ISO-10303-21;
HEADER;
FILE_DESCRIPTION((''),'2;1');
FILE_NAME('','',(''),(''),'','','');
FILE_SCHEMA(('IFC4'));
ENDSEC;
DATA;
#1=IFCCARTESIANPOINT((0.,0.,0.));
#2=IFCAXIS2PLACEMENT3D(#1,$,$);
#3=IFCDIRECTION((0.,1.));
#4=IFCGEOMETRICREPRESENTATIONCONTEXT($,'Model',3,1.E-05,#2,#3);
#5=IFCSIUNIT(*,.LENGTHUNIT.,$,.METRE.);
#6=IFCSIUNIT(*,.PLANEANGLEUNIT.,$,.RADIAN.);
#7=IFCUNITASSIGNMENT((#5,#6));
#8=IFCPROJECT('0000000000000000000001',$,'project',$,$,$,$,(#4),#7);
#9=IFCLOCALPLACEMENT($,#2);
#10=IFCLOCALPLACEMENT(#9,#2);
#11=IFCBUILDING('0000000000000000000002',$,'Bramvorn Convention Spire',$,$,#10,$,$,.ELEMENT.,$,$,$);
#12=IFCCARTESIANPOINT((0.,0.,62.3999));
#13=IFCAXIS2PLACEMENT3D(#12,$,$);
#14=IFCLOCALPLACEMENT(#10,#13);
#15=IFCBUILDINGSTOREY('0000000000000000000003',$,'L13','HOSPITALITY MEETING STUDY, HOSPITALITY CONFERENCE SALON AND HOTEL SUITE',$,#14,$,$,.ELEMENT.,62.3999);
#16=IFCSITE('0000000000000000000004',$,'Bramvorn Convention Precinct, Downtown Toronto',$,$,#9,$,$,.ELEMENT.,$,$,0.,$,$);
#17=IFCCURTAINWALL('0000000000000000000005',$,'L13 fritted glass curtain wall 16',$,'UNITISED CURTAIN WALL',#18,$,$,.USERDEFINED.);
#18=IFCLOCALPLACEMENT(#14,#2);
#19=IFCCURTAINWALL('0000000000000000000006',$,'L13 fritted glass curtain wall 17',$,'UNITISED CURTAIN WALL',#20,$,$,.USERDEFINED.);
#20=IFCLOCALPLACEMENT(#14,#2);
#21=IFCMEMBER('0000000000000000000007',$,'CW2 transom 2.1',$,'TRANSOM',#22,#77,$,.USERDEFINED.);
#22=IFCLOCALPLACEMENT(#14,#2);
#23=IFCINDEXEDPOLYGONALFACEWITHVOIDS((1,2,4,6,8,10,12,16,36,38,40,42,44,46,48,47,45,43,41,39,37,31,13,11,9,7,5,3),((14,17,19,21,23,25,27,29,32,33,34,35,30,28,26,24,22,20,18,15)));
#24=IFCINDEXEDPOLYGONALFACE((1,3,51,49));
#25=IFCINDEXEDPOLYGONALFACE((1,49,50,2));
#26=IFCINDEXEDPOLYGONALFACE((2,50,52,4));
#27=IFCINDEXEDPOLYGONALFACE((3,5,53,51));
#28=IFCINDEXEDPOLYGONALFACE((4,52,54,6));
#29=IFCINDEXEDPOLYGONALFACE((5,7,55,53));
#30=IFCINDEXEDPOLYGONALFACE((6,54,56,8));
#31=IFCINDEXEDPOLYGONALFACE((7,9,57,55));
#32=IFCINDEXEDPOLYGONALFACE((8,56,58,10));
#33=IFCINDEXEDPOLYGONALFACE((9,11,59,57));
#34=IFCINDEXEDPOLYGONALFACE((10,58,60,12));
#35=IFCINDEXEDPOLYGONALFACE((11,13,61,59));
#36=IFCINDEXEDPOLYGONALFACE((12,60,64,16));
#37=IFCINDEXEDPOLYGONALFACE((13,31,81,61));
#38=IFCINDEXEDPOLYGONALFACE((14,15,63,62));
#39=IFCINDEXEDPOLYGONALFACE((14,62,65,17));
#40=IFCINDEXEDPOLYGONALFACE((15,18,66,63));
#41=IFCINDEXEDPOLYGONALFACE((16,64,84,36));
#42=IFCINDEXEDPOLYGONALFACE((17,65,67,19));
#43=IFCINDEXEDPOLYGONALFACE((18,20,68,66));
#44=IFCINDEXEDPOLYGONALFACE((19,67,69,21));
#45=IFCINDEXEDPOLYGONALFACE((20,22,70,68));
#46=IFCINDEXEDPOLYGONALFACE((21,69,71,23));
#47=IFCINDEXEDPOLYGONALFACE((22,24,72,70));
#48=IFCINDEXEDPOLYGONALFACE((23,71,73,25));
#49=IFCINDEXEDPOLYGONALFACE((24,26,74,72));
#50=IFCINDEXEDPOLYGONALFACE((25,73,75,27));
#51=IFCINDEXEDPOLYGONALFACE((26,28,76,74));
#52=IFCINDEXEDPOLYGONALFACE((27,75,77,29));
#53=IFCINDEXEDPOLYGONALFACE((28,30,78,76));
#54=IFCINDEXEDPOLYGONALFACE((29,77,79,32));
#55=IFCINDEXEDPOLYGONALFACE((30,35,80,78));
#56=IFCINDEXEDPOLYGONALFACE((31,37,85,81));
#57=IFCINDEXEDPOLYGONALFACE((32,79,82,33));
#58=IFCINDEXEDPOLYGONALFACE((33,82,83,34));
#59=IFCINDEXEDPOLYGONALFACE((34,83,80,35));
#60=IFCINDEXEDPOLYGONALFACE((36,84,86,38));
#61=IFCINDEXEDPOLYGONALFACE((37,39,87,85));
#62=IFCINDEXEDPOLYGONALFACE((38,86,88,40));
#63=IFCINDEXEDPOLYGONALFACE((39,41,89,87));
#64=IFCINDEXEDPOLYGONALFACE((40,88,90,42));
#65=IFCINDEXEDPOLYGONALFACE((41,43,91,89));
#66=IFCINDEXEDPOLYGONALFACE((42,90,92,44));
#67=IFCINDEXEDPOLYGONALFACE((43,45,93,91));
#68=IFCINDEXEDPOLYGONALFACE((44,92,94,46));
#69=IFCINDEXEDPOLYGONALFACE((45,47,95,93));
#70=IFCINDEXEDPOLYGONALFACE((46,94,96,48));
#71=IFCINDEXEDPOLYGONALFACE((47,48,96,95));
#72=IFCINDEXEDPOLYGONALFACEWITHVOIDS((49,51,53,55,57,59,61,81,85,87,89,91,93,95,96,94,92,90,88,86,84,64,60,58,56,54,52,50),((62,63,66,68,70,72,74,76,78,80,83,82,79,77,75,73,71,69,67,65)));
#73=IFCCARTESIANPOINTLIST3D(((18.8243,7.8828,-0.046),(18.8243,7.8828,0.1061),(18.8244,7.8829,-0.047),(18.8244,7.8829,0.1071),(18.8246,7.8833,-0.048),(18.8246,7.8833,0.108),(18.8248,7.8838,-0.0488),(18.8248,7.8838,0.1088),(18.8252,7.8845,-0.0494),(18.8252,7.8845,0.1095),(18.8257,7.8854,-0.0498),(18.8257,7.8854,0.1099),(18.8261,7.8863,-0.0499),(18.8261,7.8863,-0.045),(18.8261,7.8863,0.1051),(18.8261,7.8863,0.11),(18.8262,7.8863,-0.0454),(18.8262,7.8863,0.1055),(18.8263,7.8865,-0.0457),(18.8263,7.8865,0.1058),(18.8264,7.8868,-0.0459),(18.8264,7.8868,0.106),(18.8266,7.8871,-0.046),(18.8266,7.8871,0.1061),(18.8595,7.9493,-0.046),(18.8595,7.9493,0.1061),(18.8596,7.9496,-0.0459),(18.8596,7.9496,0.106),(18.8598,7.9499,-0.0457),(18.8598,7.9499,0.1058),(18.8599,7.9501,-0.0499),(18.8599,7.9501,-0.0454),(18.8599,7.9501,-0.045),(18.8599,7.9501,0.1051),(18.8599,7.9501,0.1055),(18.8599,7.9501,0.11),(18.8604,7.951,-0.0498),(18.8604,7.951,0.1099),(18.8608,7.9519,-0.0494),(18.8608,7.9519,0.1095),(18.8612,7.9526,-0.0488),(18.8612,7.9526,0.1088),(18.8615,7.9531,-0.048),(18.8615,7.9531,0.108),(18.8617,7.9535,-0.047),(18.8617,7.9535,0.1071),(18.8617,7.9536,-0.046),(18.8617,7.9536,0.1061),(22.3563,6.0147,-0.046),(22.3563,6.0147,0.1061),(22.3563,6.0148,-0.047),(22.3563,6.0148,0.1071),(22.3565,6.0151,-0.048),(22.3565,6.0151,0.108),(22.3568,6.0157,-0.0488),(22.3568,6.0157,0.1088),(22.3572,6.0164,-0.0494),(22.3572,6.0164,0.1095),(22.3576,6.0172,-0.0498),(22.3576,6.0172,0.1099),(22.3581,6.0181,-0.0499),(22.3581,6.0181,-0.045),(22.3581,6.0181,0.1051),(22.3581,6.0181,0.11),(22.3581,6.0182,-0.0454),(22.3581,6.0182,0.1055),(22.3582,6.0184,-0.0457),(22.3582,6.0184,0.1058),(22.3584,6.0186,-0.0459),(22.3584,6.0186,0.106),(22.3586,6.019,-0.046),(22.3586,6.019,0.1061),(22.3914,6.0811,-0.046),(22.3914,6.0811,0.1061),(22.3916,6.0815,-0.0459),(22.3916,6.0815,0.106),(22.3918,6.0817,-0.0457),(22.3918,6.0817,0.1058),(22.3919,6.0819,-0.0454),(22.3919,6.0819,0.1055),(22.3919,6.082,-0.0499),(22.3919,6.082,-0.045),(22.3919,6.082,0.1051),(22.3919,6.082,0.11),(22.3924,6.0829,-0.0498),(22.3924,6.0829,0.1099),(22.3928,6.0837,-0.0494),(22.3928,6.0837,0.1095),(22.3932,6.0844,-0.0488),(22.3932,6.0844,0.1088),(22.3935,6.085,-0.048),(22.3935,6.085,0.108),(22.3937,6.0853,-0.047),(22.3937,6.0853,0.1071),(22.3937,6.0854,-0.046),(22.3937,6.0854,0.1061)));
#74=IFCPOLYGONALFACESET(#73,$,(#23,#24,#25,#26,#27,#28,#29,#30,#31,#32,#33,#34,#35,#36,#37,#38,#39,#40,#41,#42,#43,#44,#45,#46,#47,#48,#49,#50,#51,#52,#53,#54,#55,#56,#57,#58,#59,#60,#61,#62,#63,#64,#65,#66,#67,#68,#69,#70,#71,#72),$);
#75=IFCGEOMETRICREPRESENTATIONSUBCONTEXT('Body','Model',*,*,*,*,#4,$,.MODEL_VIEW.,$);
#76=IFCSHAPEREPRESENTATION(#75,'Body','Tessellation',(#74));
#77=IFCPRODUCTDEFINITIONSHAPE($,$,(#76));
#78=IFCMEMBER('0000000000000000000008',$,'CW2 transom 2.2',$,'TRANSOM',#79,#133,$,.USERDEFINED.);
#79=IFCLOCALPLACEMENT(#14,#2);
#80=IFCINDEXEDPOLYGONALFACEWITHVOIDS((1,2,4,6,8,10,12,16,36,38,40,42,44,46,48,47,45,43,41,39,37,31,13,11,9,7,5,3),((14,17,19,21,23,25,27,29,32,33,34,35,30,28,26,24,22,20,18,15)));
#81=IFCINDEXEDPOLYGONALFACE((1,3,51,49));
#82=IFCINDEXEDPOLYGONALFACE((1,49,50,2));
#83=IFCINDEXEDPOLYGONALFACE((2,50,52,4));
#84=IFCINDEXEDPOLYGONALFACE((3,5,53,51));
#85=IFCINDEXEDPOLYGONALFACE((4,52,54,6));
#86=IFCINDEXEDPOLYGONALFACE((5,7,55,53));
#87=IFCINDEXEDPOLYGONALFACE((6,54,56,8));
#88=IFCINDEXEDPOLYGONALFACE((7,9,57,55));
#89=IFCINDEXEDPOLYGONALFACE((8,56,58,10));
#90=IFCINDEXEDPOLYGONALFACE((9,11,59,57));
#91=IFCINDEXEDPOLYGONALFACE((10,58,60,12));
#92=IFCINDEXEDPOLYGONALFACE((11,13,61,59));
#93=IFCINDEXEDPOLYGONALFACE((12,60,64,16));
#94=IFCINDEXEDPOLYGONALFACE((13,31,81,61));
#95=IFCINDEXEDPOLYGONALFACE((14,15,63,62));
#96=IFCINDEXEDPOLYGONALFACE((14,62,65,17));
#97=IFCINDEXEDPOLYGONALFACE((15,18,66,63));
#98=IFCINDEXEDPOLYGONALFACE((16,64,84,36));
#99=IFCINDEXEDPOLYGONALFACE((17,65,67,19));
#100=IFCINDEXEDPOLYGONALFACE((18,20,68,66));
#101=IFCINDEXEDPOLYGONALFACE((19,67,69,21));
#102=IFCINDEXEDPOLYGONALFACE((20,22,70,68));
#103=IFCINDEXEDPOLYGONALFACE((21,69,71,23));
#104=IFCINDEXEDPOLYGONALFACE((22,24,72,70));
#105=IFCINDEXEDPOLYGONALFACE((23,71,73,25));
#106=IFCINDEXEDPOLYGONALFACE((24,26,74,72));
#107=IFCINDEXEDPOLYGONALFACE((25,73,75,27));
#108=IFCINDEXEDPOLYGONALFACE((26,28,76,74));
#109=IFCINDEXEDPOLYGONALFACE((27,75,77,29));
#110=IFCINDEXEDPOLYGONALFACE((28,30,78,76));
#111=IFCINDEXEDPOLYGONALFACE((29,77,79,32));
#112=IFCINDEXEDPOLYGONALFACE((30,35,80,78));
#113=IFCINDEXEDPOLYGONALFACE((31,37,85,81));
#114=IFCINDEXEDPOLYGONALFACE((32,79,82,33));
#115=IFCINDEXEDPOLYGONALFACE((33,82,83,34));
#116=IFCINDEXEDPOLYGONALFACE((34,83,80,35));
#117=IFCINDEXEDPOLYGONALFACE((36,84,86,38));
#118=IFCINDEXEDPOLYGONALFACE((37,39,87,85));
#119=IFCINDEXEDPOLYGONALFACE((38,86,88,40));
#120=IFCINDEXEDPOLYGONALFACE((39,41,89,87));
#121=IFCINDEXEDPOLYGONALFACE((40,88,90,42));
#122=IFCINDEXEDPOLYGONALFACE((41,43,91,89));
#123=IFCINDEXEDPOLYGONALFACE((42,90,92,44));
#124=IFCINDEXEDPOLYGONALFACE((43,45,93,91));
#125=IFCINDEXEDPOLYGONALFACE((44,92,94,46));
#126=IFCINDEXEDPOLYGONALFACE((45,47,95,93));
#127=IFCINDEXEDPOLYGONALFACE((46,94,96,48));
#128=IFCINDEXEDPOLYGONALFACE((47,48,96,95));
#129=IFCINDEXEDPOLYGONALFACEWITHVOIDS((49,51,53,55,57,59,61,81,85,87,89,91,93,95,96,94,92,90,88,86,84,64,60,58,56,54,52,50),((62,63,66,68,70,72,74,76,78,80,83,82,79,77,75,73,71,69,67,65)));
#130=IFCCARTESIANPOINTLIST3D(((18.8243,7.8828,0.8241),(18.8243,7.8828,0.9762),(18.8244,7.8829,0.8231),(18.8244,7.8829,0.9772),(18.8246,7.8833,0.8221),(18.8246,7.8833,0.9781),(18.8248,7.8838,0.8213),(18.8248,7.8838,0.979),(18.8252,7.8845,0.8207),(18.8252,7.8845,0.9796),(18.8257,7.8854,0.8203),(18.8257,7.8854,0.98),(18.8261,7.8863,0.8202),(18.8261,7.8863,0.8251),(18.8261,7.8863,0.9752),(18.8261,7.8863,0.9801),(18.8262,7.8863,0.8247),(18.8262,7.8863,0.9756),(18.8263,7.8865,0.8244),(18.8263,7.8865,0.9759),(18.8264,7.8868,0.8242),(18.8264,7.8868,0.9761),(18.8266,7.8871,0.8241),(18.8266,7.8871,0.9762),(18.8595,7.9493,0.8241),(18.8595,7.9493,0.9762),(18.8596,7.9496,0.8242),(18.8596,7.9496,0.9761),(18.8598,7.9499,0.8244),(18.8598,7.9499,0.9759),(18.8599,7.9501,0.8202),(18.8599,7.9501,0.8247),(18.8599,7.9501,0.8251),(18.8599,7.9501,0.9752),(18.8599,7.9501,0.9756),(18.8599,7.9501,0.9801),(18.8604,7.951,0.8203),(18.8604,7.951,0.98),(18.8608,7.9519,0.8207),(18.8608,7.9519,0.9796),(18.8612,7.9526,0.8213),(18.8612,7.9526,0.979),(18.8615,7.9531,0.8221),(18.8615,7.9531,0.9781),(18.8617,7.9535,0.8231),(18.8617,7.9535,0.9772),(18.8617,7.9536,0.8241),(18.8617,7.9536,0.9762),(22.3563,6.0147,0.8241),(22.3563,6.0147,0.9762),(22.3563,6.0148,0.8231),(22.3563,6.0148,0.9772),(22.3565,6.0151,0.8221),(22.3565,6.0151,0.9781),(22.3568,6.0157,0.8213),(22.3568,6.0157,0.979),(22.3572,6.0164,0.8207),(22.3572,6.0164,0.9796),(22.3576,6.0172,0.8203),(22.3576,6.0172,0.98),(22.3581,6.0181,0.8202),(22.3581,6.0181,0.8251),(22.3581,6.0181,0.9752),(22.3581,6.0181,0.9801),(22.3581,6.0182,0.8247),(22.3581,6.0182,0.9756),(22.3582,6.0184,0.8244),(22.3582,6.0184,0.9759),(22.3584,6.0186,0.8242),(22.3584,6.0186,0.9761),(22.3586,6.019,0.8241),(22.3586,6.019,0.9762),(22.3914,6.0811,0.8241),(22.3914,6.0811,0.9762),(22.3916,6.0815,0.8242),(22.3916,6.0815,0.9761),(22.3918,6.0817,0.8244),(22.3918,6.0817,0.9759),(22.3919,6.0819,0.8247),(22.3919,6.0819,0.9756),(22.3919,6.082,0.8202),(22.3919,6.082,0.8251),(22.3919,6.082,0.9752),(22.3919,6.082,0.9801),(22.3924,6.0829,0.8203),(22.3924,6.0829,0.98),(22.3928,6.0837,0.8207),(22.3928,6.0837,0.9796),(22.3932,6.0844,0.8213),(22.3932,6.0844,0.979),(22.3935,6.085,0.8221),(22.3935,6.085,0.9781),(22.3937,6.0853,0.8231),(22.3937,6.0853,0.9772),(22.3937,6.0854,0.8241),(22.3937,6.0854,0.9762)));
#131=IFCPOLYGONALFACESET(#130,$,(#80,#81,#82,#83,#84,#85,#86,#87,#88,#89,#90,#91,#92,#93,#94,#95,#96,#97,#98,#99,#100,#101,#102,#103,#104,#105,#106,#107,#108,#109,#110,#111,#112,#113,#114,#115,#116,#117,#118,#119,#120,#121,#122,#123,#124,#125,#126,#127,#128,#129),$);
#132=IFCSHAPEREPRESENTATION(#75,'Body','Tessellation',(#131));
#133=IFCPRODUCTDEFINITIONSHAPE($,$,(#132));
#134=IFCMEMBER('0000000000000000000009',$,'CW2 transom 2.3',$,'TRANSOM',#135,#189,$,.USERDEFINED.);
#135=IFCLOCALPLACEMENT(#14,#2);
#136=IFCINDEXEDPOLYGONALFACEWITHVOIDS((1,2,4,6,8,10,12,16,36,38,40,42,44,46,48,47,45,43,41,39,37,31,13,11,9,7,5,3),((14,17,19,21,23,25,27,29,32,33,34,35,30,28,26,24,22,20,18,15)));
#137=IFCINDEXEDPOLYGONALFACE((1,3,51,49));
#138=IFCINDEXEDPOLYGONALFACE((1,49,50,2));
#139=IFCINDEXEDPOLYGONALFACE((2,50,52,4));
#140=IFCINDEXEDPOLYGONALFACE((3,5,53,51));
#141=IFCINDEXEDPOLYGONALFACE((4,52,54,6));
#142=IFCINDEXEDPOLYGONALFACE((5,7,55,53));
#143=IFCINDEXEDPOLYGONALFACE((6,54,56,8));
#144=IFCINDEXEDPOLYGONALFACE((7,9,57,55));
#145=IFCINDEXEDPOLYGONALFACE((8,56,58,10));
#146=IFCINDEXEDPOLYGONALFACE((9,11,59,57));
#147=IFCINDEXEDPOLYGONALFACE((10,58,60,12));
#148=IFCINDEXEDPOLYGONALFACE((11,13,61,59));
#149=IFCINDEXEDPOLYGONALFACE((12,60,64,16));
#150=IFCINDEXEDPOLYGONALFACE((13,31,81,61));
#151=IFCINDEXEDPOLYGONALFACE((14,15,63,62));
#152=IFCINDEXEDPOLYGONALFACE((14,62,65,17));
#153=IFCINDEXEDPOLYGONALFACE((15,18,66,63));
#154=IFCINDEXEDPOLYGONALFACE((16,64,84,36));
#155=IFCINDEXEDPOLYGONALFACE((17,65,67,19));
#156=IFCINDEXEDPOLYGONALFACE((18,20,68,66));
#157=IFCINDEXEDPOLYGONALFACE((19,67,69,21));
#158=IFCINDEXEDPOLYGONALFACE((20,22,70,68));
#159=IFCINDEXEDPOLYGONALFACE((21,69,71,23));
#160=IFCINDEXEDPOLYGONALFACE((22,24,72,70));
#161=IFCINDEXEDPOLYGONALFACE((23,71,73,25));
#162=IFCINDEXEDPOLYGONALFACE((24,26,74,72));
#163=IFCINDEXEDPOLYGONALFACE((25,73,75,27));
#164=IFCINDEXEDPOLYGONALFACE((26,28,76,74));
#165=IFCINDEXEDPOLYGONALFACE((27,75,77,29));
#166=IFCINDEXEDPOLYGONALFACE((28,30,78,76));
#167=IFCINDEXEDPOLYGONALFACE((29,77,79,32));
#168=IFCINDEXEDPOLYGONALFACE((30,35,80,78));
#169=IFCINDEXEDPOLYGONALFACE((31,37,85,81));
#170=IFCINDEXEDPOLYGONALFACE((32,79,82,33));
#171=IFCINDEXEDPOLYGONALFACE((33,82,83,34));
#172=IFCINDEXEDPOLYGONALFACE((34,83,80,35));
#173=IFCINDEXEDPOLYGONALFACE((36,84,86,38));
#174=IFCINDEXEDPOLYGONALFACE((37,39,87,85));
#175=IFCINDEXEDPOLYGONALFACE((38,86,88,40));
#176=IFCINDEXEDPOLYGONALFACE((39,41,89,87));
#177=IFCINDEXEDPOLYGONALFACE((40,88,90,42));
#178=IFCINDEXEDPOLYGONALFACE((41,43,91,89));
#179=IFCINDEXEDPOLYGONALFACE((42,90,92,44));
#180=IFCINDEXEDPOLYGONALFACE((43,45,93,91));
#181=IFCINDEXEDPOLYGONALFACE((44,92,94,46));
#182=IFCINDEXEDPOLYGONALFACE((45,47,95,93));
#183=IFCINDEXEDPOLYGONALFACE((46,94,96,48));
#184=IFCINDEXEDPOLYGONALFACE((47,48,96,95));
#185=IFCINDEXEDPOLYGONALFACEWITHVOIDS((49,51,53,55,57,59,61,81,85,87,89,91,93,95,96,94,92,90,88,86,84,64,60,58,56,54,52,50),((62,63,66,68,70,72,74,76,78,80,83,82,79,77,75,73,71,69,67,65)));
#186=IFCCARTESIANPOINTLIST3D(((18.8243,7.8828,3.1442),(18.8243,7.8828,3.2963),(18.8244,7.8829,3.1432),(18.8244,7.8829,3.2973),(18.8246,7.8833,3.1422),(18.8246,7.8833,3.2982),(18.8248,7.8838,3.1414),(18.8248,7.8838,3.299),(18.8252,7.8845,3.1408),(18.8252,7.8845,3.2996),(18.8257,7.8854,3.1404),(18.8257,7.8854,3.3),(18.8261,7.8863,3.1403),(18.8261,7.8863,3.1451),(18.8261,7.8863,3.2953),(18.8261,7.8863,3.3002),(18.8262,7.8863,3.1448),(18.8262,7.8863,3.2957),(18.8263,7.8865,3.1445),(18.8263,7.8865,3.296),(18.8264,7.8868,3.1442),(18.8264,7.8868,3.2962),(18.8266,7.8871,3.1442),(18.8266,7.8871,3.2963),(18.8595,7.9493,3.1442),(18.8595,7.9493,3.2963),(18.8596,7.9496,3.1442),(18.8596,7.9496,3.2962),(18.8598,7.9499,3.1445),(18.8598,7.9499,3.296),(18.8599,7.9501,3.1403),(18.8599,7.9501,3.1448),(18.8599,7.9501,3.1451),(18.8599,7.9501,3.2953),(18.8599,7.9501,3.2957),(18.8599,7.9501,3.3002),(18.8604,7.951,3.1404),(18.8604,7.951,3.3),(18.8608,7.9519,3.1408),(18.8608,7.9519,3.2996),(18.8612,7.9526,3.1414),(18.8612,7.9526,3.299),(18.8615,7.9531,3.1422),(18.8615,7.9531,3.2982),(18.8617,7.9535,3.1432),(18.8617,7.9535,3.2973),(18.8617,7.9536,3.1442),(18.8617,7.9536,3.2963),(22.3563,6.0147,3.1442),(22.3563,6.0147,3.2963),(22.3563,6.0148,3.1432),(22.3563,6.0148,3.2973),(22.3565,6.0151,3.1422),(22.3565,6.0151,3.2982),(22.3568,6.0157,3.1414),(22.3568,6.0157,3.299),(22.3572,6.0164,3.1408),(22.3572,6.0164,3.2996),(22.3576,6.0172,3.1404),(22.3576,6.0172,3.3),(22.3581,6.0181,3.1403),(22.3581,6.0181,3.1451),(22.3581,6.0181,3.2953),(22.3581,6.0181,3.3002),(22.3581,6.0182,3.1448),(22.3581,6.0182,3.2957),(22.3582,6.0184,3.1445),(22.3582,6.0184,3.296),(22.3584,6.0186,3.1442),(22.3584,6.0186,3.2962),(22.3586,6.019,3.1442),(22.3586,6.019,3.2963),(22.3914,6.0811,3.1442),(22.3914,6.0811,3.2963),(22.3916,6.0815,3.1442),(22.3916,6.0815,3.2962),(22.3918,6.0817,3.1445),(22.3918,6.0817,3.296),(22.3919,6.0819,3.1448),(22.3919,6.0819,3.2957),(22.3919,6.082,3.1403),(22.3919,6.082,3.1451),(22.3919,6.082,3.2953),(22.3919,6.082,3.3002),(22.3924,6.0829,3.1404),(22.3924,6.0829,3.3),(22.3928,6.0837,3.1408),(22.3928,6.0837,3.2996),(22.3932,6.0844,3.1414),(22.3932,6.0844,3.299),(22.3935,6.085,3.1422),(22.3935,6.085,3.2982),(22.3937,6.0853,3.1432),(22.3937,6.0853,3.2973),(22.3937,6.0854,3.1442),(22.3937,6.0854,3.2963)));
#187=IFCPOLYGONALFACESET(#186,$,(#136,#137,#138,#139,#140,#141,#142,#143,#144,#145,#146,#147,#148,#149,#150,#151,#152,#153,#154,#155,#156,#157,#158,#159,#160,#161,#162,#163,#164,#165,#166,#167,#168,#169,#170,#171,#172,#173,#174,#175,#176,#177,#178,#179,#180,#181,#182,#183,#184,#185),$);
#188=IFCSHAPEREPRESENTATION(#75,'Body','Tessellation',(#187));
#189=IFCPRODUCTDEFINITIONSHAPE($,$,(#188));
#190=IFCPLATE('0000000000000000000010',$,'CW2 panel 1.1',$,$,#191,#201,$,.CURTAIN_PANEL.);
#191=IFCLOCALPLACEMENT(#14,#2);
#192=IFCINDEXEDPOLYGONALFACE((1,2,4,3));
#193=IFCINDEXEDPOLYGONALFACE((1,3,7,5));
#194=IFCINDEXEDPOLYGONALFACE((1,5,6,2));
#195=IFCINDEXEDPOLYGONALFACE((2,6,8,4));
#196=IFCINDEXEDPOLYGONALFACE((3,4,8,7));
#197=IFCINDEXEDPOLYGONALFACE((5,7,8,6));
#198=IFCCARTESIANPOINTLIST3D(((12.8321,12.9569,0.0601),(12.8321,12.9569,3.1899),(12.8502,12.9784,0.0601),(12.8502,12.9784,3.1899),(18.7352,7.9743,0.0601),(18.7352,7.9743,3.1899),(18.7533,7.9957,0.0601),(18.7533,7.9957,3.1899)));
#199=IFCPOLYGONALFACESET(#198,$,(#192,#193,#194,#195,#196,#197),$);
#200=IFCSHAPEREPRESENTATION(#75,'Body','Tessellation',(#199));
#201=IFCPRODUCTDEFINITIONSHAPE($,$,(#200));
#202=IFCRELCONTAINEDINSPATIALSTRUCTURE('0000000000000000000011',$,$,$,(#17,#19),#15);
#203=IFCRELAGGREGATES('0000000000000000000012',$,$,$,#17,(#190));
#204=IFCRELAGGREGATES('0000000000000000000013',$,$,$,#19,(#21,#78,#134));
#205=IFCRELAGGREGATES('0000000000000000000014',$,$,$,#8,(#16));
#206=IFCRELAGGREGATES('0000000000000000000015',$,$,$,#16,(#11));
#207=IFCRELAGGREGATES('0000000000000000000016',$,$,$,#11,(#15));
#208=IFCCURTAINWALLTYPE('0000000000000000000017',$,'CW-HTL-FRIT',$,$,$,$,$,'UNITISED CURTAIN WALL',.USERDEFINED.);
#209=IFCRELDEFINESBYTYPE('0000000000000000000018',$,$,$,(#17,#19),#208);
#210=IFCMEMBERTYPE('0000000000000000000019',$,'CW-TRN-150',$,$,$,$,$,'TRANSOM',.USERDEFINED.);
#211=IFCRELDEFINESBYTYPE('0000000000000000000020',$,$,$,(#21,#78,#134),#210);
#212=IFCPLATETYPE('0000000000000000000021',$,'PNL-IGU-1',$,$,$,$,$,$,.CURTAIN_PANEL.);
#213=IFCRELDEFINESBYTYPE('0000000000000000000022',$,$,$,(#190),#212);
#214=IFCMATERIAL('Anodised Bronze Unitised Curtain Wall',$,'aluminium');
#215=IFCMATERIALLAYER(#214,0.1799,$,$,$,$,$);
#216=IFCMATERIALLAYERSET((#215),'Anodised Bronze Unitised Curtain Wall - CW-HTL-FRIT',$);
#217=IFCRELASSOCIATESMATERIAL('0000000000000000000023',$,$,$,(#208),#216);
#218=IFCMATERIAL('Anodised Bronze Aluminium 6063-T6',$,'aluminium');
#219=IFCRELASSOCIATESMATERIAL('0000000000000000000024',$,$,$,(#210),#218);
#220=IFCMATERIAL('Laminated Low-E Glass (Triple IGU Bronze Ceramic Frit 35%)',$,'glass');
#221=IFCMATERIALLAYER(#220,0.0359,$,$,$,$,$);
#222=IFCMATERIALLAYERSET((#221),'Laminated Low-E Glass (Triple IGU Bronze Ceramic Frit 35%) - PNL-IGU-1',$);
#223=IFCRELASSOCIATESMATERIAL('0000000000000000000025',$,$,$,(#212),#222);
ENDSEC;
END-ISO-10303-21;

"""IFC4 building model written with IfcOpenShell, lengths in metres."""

from ifc_helpers import new_model, si_unit, direction, frame, origin, origin_2d, place, context, subcontext, project, spatial, rectangle, hollow_rectangle, extrude, material, layer, layer_set, material_profile, profile_set, type_object, element, aggregate, save


model = new_model("IFC4")

# Units and contexts
model_context = context("Model", 3, precision=1e-05, world=origin(), true_north=direction((0.0, 1.0)))
body_context = subcontext(model_context, "Body", "Model", "MODEL_VIEW")
ifc_project = project(units=[si_unit("LENGTHUNIT", "METRE"), si_unit("PLANEANGLEUNIT", "RADIAN")], contexts=[model_context])

# Site, building, storey
site_placement = place(None, origin())
site = spatial("IfcSite", under=ifc_project, at=site_placement, Name="Bramvorn Convention Precinct, Downtown Toronto", CompositionType="ELEMENT", RefElevation=0.0)
building_placement = place(site_placement, origin())
building = spatial("IfcBuilding", under=site, at=building_placement, Name="Bramvorn Convention Spire", CompositionType="ELEMENT")
storey_placement = place(building_placement, frame((0.0, 0.0, 62.3999)))
storey = spatial("IfcBuildingStorey", under=building, at=storey_placement, Name="L13", Description="HOSPITALITY MEETING STUDY, HOSPITALITY CONFERENCE SALON AND HOTEL SUITE", CompositionType="ELEMENT", Elevation=62.3999)

# Curtain walls
ifc_material_1 = material(Name="Anodised Bronze Unitised Curtain Wall", Category="aluminium")
ifc_layer_1 = layer(ifc_material_1, 0.1799)
ifc_layer_set_1 = layer_set([ifc_layer_1], Name="Anodised Bronze Unitised Curtain Wall - CW-HTL-FRIT")
curtain_wall_type = type_object("IfcCurtainWallType", Name="CW-HTL-FRIT", ElementType="UNITISED CURTAIN WALL", PredefinedType="USERDEFINED", material=ifc_layer_set_1)
curtain_wall_1_placement = place(storey_placement, origin())
curtain_wall_1 = element("IfcCurtainWall", 1, at=curtain_wall_1_placement, inside=storey, type_object=curtain_wall_type, Name="L13 fritted glass curtain wall 16", ObjectType="UNITISED CURTAIN WALL", PredefinedType="USERDEFINED")
ifc_material_2 = material(Name="Anodised Bronze Aluminium 6063-T6", Category="aluminium")
curtain_wall_2_placement = place(storey_placement, origin())
curtain_wall_2 = element("IfcCurtainWall", 2, at=curtain_wall_2_placement, inside=storey, type_object=curtain_wall_type, Name="L13 fritted glass curtain wall 17", ObjectType="UNITISED CURTAIN WALL", PredefinedType="USERDEFINED")

# Members
ifc_material_profile_1 = material_profile(ifc_material_2, hollow_rectangle(XDim=0.0801, YDim=0.1599, WallThickness=0.0039, InnerFilletRadius=0.001, OuterFilletRadius=0.0039, at=origin_2d()))
ifc_profile_set_1 = profile_set([ifc_material_profile_1], Name="Anodised Bronze Aluminium 6063-T6 - CWT80X160")
member_type_1 = type_object("IfcMemberType", Name="CW-TRN-150", ElementType="TRANSOM", PredefinedType="USERDEFINED", material=ifc_profile_set_1)
member_1_placement = place(storey_placement, frame((22.375, 6.05, 0.03), z_axis=(-0.883965, 0.467554, 0.0), x_axis=(-0.467554, -0.883965, 0.0)))
member_1 = element("IfcMember", 3, at=member_1_placement, type_object=member_type_1, Name="CW2 transom 2.1", ObjectType="TRANSOM", PredefinedType="USERDEFINED", context=body_context, shape_type="SweptSolid", body=[
    extrude(hollow_rectangle(XDim=0.0801, YDim=0.1599, WallThickness=0.0039, InnerFilletRadius=0.001, OuterFilletRadius=0.0039, at=origin_2d()), origin(), (0.0, 0.0, 1.0), 3.9956),
])
member_2_placement = place(storey_placement, frame((22.375, 6.05, 0.9001), z_axis=(-0.883965, 0.467554, 0.0), x_axis=(-0.467554, -0.883965, 0.0)))
member_2 = element("IfcMember", 4, at=member_2_placement, type_object=member_type_1, Name="CW2 transom 2.2", ObjectType="TRANSOM", PredefinedType="USERDEFINED", context=body_context, shape_type="SweptSolid", body=[
    extrude(hollow_rectangle(XDim=0.0801, YDim=0.1599, WallThickness=0.0039, InnerFilletRadius=0.001, OuterFilletRadius=0.0039, at=origin_2d()), origin(), (0.0, 0.0, 1.0), 3.9956),
])
member_3_placement = place(storey_placement, frame((22.375, 6.05, 3.2202), z_axis=(-0.883965, 0.467554, 0.0), x_axis=(-0.467554, -0.883965, 0.0)))
member_3 = element("IfcMember", 5, at=member_3_placement, type_object=member_type_1, Name="CW2 transom 2.3", ObjectType="TRANSOM", PredefinedType="USERDEFINED", context=body_context, shape_type="SweptSolid", body=[
    extrude(hollow_rectangle(XDim=0.0801, YDim=0.1599, WallThickness=0.0039, InnerFilletRadius=0.001, OuterFilletRadius=0.0039, at=origin_2d()), origin(), (0.0, 0.0, 1.0), 3.9956),
])

# Plate
ifc_material_3 = material(Name="Laminated Low-E Glass (Triple IGU Bronze Ceramic Frit 35%)", Category="glass")
ifc_layer_2 = layer(ifc_material_3, 0.0359)
ifc_layer_set_2 = layer_set([ifc_layer_2], Name="Laminated Low-E Glass (Triple IGU Bronze Ceramic Frit 35%) - PNL-IGU-1")
plate_type = type_object("IfcPlateType", Name="PNL-IGU-1", PredefinedType="CURTAIN_PANEL", material=ifc_layer_set_2)
plate_1_placement = place(storey_placement, frame((15.7927, 10.4763, 0.0601), z_axis=(0.0, 0.0, 1.0), x_axis=(-0.764167, 0.645019, 0.0)))
plate_1 = element("IfcPlate", 6, at=plate_1_placement, type_object=plate_type, Name="CW2 panel 1.1", PredefinedType="CURTAIN_PANEL", context=body_context, shape_type="SweptSolid", body=[
    extrude(rectangle(XDim=7.7249, YDim=0.0281, at=origin_2d()), origin(), (0.0, 0.0, 1.0), 3.1299),
])
aggregate(curtain_wall_1, [plate_1])
aggregate(curtain_wall_2, [member_1, member_2, member_3])

save(model, "model.ifc")
